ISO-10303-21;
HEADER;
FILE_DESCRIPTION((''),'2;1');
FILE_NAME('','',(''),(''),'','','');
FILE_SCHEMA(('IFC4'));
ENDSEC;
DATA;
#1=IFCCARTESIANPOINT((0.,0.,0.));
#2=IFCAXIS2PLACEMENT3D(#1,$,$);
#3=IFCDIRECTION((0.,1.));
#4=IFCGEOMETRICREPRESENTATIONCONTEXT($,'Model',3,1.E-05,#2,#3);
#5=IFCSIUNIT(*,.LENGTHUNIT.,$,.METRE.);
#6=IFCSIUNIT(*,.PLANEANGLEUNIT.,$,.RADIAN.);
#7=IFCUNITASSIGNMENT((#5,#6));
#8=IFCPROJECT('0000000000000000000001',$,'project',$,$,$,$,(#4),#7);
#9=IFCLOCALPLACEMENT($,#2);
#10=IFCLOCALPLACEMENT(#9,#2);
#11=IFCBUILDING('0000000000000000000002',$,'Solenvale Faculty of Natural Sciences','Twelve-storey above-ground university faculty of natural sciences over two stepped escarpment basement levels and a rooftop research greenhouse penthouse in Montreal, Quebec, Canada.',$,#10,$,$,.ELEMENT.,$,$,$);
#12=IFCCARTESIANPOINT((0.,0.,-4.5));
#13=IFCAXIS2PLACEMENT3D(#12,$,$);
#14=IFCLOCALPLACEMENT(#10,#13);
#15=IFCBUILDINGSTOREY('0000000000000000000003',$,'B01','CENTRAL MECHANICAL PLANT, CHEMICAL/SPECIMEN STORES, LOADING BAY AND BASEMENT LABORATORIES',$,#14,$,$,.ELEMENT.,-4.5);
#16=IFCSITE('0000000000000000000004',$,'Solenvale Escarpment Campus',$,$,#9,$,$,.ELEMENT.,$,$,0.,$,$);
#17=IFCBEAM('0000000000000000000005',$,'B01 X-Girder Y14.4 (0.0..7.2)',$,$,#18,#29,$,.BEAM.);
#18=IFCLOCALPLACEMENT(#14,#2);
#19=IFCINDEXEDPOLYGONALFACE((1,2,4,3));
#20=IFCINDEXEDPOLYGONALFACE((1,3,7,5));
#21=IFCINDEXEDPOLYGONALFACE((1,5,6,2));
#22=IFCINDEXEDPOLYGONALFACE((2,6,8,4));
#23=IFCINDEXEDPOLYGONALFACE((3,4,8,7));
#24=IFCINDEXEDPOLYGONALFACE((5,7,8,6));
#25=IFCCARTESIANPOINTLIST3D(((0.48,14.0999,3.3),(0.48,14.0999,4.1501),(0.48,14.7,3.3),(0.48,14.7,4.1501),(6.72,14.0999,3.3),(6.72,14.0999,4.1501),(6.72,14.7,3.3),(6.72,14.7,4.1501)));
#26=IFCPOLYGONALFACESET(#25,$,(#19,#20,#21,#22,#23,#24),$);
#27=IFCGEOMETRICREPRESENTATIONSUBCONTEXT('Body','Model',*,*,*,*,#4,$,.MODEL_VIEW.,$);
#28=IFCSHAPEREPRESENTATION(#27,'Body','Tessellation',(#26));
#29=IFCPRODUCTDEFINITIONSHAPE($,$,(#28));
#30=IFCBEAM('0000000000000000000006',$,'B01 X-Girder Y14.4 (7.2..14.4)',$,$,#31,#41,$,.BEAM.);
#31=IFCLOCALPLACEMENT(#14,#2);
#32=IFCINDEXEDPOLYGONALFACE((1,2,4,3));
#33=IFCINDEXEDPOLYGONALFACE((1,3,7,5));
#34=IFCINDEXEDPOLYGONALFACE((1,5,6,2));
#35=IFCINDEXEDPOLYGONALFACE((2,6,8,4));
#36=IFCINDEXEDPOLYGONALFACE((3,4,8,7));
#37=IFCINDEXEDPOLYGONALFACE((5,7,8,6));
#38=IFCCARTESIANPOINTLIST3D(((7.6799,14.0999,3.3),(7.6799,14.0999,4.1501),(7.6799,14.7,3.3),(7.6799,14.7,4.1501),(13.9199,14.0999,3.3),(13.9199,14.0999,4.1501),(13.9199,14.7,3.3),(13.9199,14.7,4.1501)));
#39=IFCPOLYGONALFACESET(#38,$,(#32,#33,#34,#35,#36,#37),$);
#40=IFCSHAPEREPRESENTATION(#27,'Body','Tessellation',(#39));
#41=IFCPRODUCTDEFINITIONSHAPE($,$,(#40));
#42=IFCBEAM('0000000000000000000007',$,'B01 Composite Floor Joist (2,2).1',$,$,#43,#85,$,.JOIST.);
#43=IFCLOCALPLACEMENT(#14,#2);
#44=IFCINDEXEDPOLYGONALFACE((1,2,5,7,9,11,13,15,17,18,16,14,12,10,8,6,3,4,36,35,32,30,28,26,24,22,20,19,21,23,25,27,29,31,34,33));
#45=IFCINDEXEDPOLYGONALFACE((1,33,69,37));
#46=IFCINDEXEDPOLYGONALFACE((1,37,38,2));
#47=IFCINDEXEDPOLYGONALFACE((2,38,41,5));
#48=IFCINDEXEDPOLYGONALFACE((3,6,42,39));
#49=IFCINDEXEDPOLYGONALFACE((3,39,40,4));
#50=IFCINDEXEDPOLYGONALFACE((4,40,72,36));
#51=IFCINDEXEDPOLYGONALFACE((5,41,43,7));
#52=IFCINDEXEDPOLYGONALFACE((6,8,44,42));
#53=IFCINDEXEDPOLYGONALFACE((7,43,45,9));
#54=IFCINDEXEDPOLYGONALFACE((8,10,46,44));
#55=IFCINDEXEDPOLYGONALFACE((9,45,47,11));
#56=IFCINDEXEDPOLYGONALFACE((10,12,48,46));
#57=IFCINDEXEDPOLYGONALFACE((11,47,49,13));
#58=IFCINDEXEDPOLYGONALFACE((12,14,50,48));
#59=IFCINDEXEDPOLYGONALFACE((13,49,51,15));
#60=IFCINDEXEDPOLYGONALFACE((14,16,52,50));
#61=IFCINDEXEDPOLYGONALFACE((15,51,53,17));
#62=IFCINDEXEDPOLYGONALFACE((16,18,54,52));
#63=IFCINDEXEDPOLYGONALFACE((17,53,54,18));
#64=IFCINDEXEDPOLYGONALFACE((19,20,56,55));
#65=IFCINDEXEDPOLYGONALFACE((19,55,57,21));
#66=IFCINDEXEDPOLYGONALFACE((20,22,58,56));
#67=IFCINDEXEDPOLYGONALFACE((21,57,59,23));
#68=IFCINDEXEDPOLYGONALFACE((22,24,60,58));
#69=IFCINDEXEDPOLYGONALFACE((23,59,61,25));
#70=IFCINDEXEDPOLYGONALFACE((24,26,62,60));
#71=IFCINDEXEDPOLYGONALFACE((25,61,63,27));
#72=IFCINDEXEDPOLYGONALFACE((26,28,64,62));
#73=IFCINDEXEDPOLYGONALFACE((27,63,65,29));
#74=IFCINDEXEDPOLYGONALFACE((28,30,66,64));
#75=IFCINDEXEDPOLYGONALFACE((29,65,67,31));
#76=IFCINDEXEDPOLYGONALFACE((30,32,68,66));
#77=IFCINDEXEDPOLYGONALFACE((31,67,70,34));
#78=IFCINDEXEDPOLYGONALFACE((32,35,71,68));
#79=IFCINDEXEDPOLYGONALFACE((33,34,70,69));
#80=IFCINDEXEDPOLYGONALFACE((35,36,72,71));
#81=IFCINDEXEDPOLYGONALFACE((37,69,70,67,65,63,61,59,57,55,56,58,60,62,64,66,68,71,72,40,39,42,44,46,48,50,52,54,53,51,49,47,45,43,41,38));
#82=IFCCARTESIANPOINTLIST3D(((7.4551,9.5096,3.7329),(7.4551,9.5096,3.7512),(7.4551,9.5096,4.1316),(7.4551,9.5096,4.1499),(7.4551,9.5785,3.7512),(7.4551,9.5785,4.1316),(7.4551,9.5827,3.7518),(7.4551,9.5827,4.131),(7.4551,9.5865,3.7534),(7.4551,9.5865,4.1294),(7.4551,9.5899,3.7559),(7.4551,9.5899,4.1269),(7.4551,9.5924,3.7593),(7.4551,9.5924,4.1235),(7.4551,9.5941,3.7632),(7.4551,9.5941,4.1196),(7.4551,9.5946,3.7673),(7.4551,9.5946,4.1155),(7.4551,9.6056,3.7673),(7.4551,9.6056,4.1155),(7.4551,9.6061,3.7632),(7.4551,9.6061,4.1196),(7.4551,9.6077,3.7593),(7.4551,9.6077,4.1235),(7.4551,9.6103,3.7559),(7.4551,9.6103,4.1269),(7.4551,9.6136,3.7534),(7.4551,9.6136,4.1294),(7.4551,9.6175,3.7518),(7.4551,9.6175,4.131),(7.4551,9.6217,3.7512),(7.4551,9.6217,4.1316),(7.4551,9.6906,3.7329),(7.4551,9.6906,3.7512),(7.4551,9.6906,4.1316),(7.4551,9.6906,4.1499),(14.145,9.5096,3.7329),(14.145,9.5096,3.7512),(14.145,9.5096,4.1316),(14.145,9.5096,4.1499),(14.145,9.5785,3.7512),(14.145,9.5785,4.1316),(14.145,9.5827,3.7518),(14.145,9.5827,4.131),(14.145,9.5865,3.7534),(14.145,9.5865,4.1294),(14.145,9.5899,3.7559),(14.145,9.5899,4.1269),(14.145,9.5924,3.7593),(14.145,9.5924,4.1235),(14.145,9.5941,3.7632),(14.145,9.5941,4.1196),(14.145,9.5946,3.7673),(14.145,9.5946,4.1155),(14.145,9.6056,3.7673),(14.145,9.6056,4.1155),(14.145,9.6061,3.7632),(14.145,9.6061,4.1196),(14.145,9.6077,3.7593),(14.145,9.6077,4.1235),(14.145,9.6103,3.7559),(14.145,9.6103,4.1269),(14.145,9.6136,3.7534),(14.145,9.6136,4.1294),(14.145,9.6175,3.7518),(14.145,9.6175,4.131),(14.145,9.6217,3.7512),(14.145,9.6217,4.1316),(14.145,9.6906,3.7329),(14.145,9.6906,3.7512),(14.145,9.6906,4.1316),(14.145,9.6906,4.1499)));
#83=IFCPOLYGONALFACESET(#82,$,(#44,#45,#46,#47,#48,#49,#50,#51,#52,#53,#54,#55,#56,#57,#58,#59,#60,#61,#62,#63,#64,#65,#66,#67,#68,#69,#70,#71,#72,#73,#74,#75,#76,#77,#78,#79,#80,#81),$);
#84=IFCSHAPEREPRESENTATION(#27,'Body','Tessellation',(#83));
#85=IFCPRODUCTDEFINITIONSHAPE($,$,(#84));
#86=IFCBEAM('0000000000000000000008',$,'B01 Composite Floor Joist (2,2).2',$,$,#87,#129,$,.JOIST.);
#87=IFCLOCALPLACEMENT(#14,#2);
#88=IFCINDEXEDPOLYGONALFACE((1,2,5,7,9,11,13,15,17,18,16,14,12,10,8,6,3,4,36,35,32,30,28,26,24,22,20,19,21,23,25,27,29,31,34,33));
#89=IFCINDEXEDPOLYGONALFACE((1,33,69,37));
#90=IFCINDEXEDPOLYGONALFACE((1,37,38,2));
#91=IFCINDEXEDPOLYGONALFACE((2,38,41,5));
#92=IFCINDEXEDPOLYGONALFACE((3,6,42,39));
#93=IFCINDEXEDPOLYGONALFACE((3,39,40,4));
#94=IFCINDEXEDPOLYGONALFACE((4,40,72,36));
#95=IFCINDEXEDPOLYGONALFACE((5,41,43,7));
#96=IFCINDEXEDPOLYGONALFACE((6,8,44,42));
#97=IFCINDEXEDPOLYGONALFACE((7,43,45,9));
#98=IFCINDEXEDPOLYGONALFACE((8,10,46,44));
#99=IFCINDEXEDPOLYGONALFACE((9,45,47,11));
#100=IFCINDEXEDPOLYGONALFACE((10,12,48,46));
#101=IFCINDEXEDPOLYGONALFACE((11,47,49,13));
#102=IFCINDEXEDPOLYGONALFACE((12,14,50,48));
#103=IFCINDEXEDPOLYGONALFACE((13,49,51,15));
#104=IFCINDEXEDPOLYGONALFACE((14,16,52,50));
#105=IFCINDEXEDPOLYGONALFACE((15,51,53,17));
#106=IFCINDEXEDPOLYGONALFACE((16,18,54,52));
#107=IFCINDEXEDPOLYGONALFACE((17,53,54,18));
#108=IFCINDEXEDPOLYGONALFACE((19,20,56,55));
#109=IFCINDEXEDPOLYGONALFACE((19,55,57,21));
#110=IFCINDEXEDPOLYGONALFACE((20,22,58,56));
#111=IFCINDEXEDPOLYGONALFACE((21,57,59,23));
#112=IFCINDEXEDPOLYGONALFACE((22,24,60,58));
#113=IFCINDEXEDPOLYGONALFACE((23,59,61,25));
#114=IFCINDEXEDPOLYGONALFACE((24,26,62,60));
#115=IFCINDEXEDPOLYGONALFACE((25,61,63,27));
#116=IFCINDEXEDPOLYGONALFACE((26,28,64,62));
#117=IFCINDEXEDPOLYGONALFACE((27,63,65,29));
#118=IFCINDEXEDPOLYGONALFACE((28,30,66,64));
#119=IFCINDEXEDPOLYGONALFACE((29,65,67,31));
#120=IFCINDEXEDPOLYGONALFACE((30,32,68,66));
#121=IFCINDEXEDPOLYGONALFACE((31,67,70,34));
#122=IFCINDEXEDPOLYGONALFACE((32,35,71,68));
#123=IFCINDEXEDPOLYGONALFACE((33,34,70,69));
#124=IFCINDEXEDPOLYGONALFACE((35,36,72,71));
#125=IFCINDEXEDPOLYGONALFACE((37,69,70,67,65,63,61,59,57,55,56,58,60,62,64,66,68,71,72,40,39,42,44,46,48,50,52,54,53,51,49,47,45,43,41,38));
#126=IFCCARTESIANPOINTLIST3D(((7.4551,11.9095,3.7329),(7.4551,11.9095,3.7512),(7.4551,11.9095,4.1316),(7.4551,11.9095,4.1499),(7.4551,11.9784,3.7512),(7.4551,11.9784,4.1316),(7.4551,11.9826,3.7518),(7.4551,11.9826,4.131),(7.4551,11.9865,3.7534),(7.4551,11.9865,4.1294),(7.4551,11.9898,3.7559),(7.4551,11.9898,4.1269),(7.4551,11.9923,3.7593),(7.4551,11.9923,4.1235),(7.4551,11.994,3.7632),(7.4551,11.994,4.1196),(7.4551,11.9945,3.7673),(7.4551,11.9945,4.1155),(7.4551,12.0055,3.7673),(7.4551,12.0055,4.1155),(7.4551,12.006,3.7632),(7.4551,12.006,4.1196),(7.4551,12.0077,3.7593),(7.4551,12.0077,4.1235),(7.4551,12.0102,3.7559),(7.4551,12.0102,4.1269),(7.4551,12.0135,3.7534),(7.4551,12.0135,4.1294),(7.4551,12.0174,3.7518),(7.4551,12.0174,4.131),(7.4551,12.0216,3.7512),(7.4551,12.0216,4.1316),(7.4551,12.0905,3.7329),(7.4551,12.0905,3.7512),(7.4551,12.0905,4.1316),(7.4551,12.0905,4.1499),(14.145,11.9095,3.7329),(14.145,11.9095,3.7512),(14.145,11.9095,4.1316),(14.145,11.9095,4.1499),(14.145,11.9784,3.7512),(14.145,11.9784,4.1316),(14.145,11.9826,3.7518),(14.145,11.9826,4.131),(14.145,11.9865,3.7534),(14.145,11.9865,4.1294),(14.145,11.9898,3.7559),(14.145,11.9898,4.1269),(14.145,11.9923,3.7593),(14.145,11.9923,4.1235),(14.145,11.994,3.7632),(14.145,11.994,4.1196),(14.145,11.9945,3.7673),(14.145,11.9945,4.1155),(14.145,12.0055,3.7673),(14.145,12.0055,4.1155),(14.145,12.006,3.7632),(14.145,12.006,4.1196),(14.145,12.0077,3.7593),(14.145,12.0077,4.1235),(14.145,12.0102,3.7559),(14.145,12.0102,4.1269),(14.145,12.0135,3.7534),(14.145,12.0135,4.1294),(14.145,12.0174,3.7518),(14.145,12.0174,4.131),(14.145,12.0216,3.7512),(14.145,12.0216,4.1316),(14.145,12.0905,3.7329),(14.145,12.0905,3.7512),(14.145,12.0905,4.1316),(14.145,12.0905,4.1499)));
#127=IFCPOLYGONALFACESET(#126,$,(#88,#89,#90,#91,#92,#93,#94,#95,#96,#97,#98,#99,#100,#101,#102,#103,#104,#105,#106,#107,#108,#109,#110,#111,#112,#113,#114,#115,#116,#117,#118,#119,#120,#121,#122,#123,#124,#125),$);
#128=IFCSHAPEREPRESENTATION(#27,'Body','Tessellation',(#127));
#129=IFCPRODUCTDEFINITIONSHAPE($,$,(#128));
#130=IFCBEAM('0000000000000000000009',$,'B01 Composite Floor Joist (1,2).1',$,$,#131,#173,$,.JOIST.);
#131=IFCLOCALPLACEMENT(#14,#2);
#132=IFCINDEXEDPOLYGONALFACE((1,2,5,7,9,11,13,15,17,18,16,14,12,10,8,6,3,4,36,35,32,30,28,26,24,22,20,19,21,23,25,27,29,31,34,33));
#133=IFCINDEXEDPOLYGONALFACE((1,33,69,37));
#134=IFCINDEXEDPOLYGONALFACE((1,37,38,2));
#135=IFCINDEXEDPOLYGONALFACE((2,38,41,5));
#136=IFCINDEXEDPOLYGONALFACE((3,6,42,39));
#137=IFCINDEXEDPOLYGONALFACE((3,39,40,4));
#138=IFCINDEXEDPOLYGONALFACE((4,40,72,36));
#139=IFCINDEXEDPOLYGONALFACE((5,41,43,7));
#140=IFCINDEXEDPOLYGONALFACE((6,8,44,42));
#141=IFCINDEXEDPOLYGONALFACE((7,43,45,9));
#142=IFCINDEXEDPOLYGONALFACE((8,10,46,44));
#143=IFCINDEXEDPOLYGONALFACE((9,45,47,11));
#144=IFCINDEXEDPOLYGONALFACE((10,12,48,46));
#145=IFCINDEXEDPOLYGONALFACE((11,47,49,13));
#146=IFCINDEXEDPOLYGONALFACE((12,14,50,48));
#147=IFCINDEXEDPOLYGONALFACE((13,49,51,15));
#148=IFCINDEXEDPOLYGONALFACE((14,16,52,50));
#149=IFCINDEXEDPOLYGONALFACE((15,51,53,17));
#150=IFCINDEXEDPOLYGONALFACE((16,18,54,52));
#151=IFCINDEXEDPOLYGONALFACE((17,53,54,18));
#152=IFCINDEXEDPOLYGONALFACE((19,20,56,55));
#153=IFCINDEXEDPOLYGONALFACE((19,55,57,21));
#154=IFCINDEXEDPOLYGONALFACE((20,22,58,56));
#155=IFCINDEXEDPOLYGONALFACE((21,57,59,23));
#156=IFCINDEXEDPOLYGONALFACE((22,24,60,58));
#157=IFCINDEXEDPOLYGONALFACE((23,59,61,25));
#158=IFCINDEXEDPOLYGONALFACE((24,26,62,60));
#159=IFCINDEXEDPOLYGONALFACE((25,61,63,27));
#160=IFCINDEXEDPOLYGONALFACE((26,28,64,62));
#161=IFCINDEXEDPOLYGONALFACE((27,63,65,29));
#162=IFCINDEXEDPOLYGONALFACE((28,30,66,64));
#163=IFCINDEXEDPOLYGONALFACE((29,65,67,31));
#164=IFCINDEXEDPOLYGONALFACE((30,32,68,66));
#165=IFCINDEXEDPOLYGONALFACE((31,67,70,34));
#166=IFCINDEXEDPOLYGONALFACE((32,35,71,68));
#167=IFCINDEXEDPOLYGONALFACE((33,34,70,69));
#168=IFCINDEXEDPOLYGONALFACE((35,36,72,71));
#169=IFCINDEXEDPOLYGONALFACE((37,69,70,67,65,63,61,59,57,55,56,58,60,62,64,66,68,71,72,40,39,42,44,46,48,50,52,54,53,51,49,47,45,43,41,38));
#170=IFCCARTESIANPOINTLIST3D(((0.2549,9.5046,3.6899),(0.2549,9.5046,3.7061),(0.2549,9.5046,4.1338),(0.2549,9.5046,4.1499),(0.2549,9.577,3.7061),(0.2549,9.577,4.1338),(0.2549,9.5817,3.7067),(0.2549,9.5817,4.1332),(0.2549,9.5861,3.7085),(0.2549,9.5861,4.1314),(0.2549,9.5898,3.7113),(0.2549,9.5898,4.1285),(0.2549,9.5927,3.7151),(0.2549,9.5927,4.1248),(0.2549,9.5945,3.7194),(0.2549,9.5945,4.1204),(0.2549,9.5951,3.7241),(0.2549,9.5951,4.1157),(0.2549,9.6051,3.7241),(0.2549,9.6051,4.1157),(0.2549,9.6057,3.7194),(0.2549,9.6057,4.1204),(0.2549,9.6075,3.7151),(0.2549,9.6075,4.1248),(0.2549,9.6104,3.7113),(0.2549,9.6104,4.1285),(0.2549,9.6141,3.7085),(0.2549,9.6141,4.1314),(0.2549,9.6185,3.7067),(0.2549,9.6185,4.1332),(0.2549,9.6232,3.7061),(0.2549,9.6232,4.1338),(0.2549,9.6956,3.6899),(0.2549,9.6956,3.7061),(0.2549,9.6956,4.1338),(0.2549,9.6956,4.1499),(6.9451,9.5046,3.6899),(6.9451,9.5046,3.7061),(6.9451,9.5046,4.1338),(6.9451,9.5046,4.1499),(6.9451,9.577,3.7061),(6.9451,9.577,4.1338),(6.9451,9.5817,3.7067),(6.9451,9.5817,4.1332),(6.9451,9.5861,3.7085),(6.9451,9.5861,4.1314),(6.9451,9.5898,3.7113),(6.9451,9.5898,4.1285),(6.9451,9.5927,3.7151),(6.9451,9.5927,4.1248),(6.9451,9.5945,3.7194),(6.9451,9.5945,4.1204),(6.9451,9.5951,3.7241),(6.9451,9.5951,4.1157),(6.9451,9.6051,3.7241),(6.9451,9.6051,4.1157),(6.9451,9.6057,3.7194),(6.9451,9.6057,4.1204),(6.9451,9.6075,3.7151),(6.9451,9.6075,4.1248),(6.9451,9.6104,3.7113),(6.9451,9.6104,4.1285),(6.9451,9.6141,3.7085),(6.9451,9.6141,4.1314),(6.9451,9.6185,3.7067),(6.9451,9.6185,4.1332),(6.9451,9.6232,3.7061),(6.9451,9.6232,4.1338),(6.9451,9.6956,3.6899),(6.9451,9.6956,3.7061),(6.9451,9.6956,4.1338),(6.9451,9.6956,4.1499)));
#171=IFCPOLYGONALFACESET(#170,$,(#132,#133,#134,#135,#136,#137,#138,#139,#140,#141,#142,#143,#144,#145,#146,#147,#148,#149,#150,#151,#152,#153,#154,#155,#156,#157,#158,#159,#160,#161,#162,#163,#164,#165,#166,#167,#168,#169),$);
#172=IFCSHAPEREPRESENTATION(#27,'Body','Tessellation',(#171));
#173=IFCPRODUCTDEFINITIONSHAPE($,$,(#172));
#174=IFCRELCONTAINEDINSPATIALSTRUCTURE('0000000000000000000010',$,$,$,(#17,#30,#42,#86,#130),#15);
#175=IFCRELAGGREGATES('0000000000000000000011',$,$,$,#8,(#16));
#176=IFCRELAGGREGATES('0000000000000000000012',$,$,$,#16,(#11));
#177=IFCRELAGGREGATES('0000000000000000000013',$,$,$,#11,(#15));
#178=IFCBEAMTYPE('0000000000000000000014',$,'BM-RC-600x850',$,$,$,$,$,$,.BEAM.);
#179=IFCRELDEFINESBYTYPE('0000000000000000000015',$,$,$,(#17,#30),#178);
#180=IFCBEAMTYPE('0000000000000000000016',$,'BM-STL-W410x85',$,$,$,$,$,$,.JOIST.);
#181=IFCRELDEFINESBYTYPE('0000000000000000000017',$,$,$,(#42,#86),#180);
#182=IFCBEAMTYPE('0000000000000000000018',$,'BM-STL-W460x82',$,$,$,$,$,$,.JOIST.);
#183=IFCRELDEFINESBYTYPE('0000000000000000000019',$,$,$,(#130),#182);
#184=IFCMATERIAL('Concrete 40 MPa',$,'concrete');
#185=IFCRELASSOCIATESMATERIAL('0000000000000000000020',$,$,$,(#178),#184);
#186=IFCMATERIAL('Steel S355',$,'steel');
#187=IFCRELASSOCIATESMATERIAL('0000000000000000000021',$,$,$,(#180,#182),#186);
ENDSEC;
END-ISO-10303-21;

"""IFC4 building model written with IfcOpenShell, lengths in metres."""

from ifc_helpers import new_model, si_unit, direction, frame, origin, origin_2d, place, context, subcontext, project, spatial, rectangle, i_section, extrude, material, material_profile, profile_set, type_object, element, save


model = new_model("IFC4")

# Units and contexts
model_context = context("Model", 3, precision=1e-05, world=origin(), true_north=direction((0.0, 1.0)))
body_context = subcontext(model_context, "Body", "Model", "MODEL_VIEW")
ifc_project = project(units=[si_unit("LENGTHUNIT", "METRE"), si_unit("PLANEANGLEUNIT", "RADIAN")], contexts=[model_context])

# Site, building, storey
site_placement = place(None, origin())
site = spatial("IfcSite", under=ifc_project, at=site_placement, Name="Solenvale Escarpment Campus", CompositionType="ELEMENT", RefElevation=0.0)
building_placement = place(site_placement, origin())
building = spatial("IfcBuilding", under=site, at=building_placement, Name="Solenvale Faculty of Natural Sciences", Description="Twelve-storey above-ground university faculty of natural sciences over two stepped escarpment basement levels and a rooftop research greenhouse penthouse in Montreal, Quebec, Canada.", CompositionType="ELEMENT")
storey_placement = place(building_placement, frame((0.0, 0.0, -4.5)))
storey = spatial("IfcBuildingStorey", under=building, at=storey_placement, Name="B01", Description="CENTRAL MECHANICAL PLANT, CHEMICAL/SPECIMEN STORES, LOADING BAY AND BASEMENT LABORATORIES", CompositionType="ELEMENT", Elevation=-4.5)

# Shared definitions
ifc_material_1 = material(Name="Concrete 40 MPa", Category="concrete")

# Beams
ifc_material_profile_1 = material_profile(ifc_material_1, rectangle(XDim=0.6001, YDim=0.8501, at=origin_2d()), Name="RC-BM-600x850")
ifc_profile_set_1 = profile_set([ifc_material_profile_1], Name="Concrete 40 MPa")
beam_type_1 = type_object("IfcBeamType", Name="BM-RC-600x850", PredefinedType="BEAM", material=ifc_profile_set_1)
for number, where, z_axis, x_axis, name in (
    (1, (0.48, 14.3999, 3.7251), (1.0, 0.0, 0.0), (0.0, 1.0, 0.0), "B01 X-Girder Y14.4 (0.0..7.2)"),
    (2, (7.6799, 14.3999, 3.7251), (1.0, 0.0, 0.0), (0.0, 1.0, 0.0), "B01 X-Girder Y14.4 (7.2..14.4)"),
):
    element("IfcBeam", number, at=place(storey_placement, frame(where, z_axis=z_axis, x_axis=x_axis)), inside=storey, type_object=beam_type_1, Name=name, PredefinedType="BEAM", context=body_context, shape_type="SweptSolid", body=[
        extrude(rectangle(XDim=0.6001, YDim=0.8501, at=origin_2d()), origin(), (0.0, 0.0, 1.0), 6.24),
    ])
ifc_material_2 = material(Name="Steel S355", Category="steel")
ifc_material_profile_2 = material_profile(ifc_material_2, i_section(OverallWidth=0.1809, OverallDepth=0.417, WebThickness=0.011, FlangeThickness=0.0183, FilletRadius=0.0161, at=origin_2d()), Name="W410x85")
ifc_profile_set_2 = profile_set([ifc_material_profile_2], Name="Steel S355")
beam_type_2 = type_object("IfcBeamType", Name="BM-STL-W410x85", PredefinedType="JOIST", material=ifc_profile_set_2)
for number, where, z_axis, x_axis, name in (
    (3, (7.4551, 9.6001, 3.9414), (1.0, 0.0, 0.0), (0.0, 1.0, 0.0), "B01 Composite Floor Joist (2,2).1"),
    (4, (7.4551, 12.0, 3.9414), (1.0, 0.0, 0.0), (0.0, 1.0, 0.0), "B01 Composite Floor Joist (2,2).2"),
):
    element("IfcBeam", number, at=place(storey_placement, frame(where, z_axis=z_axis, x_axis=x_axis)), inside=storey, type_object=beam_type_2, Name=name, PredefinedType="JOIST", context=body_context, shape_type="SweptSolid", body=[
        extrude(i_section(OverallWidth=0.1809, OverallDepth=0.417, WebThickness=0.011, FlangeThickness=0.0183, FilletRadius=0.0161, at=origin_2d()), origin(), (0.0, 0.0, 1.0), 6.6899),
    ])
ifc_material_profile_3 = material_profile(ifc_material_2, i_section(OverallWidth=0.1909, OverallDepth=0.46, WebThickness=0.01, FlangeThickness=0.0161, FilletRadius=0.0181, at=origin_2d()), Name="W460x82")
ifc_profile_set_3 = profile_set([ifc_material_profile_3], Name="Steel S355")
beam_type_3 = type_object("IfcBeamType", Name="BM-STL-W460x82", PredefinedType="JOIST", material=ifc_profile_set_3)
for number, where, z_axis, x_axis, name in (
    (5, (0.2549, 9.6001, 3.9199), (1.0, 0.0, 0.0), (0.0, 1.0, 0.0), "B01 Composite Floor Joist (1,2).1"),
):
    element("IfcBeam", number, at=place(storey_placement, frame(where, z_axis=z_axis, x_axis=x_axis)), inside=storey, type_object=beam_type_3, Name=name, PredefinedType="JOIST", context=body_context, shape_type="SweptSolid", body=[
        extrude(i_section(OverallWidth=0.1909, OverallDepth=0.46, WebThickness=0.01, FlangeThickness=0.0161, FilletRadius=0.0181, at=origin_2d()), origin(), (0.0, 0.0, 1.0), 6.6902),
    ])

save(model, "model.ifc")
